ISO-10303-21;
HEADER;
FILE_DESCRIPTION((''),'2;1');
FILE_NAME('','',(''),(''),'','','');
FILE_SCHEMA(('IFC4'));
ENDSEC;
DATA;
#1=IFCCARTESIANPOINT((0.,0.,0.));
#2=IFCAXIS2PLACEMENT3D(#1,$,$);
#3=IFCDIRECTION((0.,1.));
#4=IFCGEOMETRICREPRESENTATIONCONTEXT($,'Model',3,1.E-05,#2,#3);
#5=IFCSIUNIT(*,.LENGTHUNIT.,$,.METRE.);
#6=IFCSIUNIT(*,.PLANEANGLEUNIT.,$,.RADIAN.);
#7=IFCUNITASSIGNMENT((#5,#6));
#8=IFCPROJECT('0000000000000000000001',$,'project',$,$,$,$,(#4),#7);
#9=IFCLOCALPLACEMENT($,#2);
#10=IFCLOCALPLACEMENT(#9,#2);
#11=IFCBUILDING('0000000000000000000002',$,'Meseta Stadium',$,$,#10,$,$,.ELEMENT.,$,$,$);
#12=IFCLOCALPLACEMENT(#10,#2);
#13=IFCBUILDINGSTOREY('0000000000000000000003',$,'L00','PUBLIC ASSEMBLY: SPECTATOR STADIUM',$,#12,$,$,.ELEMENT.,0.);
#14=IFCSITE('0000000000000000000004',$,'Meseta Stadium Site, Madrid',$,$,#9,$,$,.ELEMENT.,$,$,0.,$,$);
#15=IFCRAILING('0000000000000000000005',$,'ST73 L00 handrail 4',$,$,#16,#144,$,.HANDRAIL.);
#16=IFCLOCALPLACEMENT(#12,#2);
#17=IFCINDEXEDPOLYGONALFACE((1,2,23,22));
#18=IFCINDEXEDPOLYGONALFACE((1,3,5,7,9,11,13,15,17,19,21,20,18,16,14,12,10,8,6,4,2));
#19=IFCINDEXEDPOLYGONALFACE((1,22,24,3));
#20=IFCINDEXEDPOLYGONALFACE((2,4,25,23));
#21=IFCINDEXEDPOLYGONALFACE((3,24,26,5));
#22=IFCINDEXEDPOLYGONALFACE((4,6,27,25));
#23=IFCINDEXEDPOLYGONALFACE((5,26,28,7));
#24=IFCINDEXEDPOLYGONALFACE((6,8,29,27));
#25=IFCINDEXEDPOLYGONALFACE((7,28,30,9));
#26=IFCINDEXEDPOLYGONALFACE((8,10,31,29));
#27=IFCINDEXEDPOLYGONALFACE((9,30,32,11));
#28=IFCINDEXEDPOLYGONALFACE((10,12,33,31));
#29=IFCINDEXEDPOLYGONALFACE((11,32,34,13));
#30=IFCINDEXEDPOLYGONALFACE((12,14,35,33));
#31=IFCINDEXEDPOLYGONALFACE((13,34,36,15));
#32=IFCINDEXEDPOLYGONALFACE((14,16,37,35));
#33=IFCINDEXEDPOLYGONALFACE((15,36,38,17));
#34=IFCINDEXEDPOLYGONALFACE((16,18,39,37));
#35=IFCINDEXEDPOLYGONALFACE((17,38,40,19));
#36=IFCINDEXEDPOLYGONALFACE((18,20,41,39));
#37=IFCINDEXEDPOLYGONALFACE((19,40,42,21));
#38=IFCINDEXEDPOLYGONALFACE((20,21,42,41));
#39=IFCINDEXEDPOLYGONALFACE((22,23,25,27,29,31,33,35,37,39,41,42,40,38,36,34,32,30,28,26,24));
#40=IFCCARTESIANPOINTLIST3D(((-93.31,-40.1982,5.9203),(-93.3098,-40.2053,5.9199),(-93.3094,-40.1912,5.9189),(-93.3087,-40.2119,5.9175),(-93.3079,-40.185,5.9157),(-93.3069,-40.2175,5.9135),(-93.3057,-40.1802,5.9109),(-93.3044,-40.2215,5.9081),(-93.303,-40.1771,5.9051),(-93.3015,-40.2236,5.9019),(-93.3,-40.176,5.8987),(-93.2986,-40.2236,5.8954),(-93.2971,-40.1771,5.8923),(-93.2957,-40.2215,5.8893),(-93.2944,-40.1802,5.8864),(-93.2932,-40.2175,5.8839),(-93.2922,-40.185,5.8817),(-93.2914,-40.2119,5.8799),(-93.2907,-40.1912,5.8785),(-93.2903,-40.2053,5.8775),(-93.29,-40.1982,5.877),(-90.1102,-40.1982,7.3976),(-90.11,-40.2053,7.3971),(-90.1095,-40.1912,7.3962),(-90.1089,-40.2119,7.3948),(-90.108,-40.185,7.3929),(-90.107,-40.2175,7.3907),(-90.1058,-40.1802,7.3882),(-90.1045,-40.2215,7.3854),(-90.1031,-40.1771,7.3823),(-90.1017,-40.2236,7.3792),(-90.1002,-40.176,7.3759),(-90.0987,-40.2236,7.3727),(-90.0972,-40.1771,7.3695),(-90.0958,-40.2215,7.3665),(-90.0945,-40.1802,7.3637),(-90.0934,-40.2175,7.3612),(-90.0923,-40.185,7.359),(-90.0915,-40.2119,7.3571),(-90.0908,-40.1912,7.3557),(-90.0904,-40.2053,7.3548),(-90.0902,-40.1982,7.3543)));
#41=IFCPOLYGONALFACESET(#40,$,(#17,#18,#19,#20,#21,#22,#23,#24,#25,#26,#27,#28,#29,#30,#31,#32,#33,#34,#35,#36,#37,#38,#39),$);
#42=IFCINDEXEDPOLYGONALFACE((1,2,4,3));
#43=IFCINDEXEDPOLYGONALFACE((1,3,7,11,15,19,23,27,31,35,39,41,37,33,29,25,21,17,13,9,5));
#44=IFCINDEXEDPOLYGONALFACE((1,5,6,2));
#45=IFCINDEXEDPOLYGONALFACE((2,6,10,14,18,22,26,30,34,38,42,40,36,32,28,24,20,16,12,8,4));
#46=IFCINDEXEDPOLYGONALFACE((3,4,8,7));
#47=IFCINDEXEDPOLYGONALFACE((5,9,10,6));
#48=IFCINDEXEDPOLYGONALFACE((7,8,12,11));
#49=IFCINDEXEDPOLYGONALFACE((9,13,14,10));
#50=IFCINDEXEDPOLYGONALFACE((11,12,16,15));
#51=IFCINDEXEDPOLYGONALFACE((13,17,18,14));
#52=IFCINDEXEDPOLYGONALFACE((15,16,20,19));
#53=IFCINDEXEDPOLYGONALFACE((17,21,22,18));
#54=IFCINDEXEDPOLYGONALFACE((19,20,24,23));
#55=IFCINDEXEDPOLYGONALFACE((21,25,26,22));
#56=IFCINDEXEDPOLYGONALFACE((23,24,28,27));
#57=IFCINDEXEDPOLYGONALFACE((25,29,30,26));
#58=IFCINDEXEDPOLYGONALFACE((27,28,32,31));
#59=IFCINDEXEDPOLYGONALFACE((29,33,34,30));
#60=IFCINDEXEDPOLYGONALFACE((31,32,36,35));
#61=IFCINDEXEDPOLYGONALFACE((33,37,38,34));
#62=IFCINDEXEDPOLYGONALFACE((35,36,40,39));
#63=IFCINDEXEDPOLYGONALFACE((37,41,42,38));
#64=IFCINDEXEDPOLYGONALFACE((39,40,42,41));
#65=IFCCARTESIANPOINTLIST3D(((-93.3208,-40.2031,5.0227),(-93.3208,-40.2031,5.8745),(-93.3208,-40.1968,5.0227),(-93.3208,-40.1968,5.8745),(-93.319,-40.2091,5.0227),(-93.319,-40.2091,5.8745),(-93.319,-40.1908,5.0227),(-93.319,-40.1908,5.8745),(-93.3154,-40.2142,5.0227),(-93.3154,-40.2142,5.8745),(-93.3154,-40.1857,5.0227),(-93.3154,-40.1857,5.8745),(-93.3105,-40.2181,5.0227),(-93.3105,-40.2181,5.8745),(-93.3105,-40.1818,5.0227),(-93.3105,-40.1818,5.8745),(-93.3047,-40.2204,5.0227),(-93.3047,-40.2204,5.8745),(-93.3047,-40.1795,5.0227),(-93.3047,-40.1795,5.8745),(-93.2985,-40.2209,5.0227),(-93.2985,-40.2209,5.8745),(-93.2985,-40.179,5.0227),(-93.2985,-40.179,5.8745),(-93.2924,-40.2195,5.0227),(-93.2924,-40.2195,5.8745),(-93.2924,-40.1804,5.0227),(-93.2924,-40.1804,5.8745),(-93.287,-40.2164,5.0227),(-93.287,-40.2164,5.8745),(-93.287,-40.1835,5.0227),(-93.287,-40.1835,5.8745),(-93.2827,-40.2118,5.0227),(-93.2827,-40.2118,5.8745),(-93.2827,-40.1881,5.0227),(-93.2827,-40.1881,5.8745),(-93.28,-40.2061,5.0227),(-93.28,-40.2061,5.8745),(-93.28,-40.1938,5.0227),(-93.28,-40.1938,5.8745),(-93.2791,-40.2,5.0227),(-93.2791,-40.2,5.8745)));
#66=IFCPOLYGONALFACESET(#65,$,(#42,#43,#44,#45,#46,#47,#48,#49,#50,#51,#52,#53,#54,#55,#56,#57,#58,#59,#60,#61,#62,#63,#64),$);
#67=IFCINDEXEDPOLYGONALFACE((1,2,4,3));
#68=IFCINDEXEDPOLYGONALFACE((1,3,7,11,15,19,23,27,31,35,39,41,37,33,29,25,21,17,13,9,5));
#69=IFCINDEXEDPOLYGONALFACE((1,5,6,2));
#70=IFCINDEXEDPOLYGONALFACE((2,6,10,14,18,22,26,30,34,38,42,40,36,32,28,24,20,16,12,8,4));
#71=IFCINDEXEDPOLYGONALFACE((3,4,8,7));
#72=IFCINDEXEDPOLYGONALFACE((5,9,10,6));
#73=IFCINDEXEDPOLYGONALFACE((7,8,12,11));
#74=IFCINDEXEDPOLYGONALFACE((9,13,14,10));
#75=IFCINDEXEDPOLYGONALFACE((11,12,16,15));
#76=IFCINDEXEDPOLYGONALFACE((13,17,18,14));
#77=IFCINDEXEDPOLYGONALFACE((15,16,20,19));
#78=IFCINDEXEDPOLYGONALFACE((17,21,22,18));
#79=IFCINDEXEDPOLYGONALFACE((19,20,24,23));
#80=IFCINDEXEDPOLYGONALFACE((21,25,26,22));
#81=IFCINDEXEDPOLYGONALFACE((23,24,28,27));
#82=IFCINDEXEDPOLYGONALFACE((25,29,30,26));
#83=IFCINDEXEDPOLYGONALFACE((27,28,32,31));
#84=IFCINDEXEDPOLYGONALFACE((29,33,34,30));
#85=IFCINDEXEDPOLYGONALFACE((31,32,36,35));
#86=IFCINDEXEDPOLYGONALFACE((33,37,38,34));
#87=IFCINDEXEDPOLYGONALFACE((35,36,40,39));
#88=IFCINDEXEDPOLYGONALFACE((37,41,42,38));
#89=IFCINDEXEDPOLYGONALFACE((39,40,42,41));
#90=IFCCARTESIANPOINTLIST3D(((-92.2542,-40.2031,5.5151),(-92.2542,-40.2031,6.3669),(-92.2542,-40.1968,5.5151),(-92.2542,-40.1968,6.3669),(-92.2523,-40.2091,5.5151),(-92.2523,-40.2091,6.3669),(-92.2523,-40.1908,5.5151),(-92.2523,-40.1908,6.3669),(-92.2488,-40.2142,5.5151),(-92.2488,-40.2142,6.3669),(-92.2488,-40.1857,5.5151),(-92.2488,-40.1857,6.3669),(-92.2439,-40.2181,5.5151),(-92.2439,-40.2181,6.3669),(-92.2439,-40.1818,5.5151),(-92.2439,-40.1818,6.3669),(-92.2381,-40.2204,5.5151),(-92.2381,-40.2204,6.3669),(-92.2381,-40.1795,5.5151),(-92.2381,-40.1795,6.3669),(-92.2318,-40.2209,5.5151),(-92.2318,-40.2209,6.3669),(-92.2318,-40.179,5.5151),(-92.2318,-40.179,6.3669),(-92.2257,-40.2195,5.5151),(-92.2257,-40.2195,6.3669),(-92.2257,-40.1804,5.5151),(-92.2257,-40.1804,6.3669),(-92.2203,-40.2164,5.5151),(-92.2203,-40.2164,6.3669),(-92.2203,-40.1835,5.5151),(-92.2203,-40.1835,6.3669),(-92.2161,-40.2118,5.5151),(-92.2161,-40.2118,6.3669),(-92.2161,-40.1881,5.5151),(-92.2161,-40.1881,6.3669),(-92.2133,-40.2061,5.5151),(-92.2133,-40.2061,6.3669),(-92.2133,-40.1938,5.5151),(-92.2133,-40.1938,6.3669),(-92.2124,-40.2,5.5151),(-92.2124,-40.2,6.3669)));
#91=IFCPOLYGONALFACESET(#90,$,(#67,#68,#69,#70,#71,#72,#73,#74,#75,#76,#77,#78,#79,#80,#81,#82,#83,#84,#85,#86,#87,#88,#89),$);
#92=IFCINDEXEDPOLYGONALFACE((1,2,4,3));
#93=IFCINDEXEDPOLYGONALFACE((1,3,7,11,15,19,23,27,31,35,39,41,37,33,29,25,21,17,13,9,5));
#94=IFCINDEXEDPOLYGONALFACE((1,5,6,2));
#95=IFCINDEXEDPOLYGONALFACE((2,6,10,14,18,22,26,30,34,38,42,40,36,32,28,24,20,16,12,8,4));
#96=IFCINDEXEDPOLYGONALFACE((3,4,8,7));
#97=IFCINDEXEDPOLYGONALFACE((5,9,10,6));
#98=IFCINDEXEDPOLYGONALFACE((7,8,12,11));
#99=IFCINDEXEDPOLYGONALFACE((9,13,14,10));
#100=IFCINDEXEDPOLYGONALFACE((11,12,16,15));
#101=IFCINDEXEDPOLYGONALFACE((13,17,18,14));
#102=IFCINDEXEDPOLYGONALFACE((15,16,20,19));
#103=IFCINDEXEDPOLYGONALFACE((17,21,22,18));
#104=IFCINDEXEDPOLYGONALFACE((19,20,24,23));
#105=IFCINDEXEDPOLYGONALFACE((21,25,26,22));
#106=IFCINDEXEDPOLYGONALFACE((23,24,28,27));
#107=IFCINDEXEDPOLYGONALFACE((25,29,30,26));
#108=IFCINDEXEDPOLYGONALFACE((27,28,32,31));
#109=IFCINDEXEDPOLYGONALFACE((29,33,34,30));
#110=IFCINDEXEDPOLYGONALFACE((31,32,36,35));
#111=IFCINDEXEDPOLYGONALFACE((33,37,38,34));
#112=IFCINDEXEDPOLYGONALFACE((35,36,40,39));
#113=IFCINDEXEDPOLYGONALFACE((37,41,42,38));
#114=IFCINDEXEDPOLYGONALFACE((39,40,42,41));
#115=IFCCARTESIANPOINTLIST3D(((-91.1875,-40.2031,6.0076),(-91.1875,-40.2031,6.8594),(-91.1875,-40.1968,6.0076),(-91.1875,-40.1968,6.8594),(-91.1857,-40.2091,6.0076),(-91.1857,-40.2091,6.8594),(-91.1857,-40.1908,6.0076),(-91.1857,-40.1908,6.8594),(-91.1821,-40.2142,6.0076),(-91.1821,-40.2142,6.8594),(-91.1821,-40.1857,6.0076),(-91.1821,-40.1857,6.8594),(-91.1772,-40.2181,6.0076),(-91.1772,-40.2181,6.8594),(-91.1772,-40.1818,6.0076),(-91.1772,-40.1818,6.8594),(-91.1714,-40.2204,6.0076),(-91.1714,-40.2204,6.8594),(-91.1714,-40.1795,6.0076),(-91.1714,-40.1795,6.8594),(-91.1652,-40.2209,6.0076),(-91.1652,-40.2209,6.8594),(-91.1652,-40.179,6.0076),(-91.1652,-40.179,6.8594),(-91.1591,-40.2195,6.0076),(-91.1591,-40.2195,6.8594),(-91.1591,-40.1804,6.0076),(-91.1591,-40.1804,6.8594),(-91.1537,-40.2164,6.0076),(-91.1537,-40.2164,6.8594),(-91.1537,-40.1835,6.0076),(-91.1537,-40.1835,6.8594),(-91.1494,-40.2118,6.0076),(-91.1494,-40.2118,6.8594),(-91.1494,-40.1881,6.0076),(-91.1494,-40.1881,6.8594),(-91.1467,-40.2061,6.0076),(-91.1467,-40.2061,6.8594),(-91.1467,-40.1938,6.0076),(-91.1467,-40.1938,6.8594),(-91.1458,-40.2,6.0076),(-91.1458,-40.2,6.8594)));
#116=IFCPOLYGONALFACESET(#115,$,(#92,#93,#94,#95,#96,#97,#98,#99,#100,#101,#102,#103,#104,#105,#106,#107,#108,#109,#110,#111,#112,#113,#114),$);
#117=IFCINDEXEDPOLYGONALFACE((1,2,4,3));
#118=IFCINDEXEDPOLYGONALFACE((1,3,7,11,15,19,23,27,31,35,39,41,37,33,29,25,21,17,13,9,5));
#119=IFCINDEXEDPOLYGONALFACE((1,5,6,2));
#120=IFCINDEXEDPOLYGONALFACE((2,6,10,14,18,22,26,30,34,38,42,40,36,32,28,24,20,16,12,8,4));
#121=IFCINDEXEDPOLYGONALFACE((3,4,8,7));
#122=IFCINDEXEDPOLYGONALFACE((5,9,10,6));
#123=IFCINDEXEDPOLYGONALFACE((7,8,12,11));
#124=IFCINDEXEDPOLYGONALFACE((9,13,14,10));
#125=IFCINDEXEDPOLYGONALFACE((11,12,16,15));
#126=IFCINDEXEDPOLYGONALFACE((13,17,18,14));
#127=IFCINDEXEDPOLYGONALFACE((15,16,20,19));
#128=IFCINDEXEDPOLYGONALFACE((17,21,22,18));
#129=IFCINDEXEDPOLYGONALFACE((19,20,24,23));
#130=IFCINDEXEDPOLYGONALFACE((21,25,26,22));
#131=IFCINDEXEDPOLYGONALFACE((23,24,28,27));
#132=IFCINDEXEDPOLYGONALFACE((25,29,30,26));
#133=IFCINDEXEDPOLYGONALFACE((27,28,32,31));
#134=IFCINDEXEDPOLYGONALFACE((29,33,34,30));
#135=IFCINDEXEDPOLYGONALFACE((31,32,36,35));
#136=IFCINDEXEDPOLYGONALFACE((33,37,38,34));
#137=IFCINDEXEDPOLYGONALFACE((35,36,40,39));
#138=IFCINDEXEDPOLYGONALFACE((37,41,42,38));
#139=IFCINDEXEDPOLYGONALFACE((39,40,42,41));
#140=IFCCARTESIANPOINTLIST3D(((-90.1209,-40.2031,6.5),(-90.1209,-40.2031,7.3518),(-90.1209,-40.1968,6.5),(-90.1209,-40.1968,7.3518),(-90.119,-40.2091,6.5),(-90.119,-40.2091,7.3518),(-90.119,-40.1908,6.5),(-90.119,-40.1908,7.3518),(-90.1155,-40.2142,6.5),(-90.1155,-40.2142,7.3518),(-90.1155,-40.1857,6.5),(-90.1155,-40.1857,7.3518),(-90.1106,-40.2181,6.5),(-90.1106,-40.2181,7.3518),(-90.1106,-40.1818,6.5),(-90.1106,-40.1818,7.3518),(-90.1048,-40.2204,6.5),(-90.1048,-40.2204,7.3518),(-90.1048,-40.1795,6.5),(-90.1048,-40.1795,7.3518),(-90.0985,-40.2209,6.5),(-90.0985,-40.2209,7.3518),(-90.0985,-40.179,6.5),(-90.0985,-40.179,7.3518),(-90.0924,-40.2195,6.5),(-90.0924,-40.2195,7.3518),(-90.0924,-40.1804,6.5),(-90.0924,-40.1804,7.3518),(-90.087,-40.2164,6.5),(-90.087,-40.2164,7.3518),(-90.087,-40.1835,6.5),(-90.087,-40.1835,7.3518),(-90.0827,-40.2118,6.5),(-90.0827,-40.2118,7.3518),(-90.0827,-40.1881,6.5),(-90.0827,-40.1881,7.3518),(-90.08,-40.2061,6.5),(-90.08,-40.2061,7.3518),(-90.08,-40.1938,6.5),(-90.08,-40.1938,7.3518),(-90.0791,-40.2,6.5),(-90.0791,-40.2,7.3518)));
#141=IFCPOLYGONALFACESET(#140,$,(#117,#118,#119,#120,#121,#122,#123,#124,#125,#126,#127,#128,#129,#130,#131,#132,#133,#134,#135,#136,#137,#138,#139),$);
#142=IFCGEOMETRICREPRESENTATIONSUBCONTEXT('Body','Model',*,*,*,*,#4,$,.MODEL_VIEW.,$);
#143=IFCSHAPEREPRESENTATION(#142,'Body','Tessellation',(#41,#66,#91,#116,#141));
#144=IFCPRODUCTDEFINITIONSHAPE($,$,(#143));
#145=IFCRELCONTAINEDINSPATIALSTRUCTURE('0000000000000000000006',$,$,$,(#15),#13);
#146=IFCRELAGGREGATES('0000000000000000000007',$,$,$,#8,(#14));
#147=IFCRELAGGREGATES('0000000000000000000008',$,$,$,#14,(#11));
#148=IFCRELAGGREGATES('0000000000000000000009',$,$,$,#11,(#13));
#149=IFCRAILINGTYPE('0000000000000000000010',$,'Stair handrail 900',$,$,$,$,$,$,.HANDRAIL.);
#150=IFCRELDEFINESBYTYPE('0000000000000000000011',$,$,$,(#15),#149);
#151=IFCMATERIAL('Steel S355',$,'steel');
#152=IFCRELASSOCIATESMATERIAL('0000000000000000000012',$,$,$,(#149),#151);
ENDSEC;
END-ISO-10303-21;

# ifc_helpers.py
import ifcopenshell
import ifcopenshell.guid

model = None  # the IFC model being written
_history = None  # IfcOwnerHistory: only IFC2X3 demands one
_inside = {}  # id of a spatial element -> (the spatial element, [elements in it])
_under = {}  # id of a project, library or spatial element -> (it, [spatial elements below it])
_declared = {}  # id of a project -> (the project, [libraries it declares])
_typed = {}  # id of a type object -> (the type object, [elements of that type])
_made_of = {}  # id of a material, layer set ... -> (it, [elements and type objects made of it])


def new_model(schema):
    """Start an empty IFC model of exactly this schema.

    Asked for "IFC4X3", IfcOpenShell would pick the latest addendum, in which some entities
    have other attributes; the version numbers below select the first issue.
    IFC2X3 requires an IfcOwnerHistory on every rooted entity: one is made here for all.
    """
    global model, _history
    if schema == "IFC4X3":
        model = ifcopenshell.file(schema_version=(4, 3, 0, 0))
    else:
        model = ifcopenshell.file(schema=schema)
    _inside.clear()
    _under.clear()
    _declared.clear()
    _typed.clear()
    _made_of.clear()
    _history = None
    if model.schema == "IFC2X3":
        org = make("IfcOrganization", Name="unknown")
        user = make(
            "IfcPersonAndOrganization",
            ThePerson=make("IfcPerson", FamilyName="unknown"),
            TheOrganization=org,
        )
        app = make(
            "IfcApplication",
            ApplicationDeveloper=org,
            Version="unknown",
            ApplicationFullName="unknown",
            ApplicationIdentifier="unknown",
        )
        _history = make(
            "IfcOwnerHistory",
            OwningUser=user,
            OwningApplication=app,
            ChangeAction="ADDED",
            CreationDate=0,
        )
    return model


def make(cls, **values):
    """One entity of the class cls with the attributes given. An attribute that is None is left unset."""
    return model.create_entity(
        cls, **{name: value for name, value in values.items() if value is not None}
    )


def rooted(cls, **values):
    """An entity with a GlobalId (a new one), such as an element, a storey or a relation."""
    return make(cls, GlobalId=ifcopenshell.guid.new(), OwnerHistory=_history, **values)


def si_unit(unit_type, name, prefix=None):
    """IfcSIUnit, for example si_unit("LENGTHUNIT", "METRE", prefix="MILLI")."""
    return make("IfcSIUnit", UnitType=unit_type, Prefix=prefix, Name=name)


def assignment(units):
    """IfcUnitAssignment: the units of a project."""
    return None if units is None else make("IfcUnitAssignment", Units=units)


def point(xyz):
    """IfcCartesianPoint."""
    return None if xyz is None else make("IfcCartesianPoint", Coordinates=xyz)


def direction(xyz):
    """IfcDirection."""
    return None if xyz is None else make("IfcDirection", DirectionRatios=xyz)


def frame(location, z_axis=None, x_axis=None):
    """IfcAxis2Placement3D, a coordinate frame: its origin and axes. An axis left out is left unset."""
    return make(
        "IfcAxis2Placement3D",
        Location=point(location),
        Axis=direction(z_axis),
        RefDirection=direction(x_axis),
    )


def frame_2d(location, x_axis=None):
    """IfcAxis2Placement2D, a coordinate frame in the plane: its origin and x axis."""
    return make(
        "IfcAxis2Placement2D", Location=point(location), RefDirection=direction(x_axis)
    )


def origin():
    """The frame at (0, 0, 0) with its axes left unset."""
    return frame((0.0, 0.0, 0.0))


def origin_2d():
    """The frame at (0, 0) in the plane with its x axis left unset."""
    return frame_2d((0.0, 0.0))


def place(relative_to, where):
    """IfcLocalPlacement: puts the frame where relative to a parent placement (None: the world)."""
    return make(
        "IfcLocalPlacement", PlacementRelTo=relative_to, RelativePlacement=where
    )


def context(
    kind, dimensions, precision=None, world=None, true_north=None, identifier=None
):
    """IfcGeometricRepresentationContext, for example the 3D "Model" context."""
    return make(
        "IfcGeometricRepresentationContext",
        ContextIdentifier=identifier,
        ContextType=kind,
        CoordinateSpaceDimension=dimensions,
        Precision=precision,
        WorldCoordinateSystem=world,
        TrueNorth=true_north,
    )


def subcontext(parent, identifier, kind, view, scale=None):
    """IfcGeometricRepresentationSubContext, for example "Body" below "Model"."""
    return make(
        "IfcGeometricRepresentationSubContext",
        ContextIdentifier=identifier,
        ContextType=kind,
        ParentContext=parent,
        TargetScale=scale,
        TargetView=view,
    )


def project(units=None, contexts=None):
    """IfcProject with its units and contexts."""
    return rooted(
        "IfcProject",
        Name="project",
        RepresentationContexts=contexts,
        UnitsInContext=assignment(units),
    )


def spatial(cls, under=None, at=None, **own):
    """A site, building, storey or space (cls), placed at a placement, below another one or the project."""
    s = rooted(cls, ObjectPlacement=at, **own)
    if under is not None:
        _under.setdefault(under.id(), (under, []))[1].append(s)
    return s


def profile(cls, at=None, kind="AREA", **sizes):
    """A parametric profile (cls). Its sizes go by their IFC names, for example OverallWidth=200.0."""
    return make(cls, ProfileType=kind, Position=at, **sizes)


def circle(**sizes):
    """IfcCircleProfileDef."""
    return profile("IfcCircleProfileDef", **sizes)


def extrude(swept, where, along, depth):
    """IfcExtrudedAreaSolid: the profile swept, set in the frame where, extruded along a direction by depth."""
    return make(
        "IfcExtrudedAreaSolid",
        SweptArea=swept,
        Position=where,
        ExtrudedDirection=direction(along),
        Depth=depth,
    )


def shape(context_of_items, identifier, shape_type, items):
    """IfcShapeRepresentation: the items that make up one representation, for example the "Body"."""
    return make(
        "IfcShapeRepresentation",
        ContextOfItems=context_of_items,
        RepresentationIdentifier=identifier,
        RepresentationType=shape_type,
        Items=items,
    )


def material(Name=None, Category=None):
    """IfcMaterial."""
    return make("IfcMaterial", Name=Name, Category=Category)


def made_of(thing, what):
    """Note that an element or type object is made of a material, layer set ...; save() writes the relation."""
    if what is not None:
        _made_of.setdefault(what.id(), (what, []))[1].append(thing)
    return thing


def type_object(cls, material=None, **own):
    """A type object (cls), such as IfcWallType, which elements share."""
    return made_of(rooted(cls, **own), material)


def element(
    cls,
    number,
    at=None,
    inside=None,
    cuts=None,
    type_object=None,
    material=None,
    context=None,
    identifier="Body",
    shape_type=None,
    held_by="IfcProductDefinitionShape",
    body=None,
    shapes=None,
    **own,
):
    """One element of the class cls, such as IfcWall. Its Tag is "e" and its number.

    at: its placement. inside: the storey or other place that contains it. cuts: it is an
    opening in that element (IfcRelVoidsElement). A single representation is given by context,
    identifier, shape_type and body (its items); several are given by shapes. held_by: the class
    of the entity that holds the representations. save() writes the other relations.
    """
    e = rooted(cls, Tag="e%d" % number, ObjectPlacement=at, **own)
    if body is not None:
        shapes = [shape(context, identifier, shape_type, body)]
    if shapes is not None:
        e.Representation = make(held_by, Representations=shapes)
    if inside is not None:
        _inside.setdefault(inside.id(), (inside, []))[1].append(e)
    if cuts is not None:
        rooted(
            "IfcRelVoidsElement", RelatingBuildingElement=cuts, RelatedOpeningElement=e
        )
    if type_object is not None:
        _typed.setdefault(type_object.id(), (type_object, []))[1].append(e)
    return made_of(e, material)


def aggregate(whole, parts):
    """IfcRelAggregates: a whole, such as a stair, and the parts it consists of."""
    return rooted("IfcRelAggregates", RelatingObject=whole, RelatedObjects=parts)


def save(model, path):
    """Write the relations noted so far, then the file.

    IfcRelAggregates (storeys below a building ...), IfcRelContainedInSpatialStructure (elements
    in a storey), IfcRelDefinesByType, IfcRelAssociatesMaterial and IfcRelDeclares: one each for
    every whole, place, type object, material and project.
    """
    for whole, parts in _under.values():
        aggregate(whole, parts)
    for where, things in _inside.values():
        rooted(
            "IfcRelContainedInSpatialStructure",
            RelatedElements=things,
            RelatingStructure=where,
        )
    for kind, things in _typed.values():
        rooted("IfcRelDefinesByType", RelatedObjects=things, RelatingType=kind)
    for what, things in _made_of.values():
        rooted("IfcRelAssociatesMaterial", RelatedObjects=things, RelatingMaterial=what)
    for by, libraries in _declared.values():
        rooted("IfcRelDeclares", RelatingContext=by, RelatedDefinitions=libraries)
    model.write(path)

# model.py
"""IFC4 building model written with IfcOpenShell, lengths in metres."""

from ifc_helpers import new_model, si_unit, direction, frame, origin, origin_2d, place, context, subcontext, project, spatial, circle, extrude, material, type_object, element, save


model = new_model("IFC4")

# Units and contexts
model_context = context("Model", 3, precision=1e-05, world=origin(), true_north=direction((0.0, 1.0)))
body_context = subcontext(model_context, "Body", "Model", "MODEL_VIEW")
ifc_project = project(units=[si_unit("LENGTHUNIT", "METRE"), si_unit("PLANEANGLEUNIT", "RADIAN")], contexts=[model_context])

# Site, building, storey
site_placement = place(None, origin())
site = spatial("IfcSite", under=ifc_project, at=site_placement, Name="Meseta Stadium Site, Madrid", CompositionType="ELEMENT", RefElevation=0.0)
building_placement = place(site_placement, origin())
building = spatial("IfcBuilding", under=site, at=building_placement, Name="Meseta Stadium", CompositionType="ELEMENT")
storey_placement = place(building_placement, origin())
storey = spatial("IfcBuildingStorey", under=building, at=storey_placement, Name="L00", Description="PUBLIC ASSEMBLY: SPECTATOR STADIUM", CompositionType="ELEMENT", Elevation=0.0)

# Railing
ifc_material_1 = material(Name="Steel S355", Category="steel")
railing_type_1 = type_object("IfcRailingType", Name="Stair handrail 900", PredefinedType="HANDRAIL", material=ifc_material_1)
for number, where, name in (
    (1, (-93.3, -40.2, 5.0227), "ST73 L00 handrail 4"),
):
    element("IfcRailing", number, at=place(storey_placement, frame(where)), inside=storey, type_object=railing_type_1, Name=name, PredefinedType="HANDRAIL", context=body_context, shape_type="SweptSolid", body=[
        extrude(circle(Radius=0.0239, at=origin_2d()), frame((0.0, 0.0, 0.876), z_axis=(0.907917, 0.0, 0.41915), x_axis=(0.0, 1.0, 0.0)), (0.0, 0.0, 1.0), 3.5244),
        extrude(circle(Radius=0.021, at=origin_2d()), origin(), (0.0, 0.0, 1.0), 0.8518),
        extrude(circle(Radius=0.021, at=origin_2d()), frame((1.0667, 0.0, 0.4924)), (0.0, 0.0, 1.0), 0.8518),
        extrude(circle(Radius=0.021, at=origin_2d()), frame((2.1333, 0.0, 0.9849)), (0.0, 0.0, 1.0), 0.8518),
        extrude(circle(Radius=0.021, at=origin_2d()), frame((3.2, 0.0, 1.4773)), (0.0, 0.0, 1.0), 0.8518),
    ])

save(model, "model.ifc")
